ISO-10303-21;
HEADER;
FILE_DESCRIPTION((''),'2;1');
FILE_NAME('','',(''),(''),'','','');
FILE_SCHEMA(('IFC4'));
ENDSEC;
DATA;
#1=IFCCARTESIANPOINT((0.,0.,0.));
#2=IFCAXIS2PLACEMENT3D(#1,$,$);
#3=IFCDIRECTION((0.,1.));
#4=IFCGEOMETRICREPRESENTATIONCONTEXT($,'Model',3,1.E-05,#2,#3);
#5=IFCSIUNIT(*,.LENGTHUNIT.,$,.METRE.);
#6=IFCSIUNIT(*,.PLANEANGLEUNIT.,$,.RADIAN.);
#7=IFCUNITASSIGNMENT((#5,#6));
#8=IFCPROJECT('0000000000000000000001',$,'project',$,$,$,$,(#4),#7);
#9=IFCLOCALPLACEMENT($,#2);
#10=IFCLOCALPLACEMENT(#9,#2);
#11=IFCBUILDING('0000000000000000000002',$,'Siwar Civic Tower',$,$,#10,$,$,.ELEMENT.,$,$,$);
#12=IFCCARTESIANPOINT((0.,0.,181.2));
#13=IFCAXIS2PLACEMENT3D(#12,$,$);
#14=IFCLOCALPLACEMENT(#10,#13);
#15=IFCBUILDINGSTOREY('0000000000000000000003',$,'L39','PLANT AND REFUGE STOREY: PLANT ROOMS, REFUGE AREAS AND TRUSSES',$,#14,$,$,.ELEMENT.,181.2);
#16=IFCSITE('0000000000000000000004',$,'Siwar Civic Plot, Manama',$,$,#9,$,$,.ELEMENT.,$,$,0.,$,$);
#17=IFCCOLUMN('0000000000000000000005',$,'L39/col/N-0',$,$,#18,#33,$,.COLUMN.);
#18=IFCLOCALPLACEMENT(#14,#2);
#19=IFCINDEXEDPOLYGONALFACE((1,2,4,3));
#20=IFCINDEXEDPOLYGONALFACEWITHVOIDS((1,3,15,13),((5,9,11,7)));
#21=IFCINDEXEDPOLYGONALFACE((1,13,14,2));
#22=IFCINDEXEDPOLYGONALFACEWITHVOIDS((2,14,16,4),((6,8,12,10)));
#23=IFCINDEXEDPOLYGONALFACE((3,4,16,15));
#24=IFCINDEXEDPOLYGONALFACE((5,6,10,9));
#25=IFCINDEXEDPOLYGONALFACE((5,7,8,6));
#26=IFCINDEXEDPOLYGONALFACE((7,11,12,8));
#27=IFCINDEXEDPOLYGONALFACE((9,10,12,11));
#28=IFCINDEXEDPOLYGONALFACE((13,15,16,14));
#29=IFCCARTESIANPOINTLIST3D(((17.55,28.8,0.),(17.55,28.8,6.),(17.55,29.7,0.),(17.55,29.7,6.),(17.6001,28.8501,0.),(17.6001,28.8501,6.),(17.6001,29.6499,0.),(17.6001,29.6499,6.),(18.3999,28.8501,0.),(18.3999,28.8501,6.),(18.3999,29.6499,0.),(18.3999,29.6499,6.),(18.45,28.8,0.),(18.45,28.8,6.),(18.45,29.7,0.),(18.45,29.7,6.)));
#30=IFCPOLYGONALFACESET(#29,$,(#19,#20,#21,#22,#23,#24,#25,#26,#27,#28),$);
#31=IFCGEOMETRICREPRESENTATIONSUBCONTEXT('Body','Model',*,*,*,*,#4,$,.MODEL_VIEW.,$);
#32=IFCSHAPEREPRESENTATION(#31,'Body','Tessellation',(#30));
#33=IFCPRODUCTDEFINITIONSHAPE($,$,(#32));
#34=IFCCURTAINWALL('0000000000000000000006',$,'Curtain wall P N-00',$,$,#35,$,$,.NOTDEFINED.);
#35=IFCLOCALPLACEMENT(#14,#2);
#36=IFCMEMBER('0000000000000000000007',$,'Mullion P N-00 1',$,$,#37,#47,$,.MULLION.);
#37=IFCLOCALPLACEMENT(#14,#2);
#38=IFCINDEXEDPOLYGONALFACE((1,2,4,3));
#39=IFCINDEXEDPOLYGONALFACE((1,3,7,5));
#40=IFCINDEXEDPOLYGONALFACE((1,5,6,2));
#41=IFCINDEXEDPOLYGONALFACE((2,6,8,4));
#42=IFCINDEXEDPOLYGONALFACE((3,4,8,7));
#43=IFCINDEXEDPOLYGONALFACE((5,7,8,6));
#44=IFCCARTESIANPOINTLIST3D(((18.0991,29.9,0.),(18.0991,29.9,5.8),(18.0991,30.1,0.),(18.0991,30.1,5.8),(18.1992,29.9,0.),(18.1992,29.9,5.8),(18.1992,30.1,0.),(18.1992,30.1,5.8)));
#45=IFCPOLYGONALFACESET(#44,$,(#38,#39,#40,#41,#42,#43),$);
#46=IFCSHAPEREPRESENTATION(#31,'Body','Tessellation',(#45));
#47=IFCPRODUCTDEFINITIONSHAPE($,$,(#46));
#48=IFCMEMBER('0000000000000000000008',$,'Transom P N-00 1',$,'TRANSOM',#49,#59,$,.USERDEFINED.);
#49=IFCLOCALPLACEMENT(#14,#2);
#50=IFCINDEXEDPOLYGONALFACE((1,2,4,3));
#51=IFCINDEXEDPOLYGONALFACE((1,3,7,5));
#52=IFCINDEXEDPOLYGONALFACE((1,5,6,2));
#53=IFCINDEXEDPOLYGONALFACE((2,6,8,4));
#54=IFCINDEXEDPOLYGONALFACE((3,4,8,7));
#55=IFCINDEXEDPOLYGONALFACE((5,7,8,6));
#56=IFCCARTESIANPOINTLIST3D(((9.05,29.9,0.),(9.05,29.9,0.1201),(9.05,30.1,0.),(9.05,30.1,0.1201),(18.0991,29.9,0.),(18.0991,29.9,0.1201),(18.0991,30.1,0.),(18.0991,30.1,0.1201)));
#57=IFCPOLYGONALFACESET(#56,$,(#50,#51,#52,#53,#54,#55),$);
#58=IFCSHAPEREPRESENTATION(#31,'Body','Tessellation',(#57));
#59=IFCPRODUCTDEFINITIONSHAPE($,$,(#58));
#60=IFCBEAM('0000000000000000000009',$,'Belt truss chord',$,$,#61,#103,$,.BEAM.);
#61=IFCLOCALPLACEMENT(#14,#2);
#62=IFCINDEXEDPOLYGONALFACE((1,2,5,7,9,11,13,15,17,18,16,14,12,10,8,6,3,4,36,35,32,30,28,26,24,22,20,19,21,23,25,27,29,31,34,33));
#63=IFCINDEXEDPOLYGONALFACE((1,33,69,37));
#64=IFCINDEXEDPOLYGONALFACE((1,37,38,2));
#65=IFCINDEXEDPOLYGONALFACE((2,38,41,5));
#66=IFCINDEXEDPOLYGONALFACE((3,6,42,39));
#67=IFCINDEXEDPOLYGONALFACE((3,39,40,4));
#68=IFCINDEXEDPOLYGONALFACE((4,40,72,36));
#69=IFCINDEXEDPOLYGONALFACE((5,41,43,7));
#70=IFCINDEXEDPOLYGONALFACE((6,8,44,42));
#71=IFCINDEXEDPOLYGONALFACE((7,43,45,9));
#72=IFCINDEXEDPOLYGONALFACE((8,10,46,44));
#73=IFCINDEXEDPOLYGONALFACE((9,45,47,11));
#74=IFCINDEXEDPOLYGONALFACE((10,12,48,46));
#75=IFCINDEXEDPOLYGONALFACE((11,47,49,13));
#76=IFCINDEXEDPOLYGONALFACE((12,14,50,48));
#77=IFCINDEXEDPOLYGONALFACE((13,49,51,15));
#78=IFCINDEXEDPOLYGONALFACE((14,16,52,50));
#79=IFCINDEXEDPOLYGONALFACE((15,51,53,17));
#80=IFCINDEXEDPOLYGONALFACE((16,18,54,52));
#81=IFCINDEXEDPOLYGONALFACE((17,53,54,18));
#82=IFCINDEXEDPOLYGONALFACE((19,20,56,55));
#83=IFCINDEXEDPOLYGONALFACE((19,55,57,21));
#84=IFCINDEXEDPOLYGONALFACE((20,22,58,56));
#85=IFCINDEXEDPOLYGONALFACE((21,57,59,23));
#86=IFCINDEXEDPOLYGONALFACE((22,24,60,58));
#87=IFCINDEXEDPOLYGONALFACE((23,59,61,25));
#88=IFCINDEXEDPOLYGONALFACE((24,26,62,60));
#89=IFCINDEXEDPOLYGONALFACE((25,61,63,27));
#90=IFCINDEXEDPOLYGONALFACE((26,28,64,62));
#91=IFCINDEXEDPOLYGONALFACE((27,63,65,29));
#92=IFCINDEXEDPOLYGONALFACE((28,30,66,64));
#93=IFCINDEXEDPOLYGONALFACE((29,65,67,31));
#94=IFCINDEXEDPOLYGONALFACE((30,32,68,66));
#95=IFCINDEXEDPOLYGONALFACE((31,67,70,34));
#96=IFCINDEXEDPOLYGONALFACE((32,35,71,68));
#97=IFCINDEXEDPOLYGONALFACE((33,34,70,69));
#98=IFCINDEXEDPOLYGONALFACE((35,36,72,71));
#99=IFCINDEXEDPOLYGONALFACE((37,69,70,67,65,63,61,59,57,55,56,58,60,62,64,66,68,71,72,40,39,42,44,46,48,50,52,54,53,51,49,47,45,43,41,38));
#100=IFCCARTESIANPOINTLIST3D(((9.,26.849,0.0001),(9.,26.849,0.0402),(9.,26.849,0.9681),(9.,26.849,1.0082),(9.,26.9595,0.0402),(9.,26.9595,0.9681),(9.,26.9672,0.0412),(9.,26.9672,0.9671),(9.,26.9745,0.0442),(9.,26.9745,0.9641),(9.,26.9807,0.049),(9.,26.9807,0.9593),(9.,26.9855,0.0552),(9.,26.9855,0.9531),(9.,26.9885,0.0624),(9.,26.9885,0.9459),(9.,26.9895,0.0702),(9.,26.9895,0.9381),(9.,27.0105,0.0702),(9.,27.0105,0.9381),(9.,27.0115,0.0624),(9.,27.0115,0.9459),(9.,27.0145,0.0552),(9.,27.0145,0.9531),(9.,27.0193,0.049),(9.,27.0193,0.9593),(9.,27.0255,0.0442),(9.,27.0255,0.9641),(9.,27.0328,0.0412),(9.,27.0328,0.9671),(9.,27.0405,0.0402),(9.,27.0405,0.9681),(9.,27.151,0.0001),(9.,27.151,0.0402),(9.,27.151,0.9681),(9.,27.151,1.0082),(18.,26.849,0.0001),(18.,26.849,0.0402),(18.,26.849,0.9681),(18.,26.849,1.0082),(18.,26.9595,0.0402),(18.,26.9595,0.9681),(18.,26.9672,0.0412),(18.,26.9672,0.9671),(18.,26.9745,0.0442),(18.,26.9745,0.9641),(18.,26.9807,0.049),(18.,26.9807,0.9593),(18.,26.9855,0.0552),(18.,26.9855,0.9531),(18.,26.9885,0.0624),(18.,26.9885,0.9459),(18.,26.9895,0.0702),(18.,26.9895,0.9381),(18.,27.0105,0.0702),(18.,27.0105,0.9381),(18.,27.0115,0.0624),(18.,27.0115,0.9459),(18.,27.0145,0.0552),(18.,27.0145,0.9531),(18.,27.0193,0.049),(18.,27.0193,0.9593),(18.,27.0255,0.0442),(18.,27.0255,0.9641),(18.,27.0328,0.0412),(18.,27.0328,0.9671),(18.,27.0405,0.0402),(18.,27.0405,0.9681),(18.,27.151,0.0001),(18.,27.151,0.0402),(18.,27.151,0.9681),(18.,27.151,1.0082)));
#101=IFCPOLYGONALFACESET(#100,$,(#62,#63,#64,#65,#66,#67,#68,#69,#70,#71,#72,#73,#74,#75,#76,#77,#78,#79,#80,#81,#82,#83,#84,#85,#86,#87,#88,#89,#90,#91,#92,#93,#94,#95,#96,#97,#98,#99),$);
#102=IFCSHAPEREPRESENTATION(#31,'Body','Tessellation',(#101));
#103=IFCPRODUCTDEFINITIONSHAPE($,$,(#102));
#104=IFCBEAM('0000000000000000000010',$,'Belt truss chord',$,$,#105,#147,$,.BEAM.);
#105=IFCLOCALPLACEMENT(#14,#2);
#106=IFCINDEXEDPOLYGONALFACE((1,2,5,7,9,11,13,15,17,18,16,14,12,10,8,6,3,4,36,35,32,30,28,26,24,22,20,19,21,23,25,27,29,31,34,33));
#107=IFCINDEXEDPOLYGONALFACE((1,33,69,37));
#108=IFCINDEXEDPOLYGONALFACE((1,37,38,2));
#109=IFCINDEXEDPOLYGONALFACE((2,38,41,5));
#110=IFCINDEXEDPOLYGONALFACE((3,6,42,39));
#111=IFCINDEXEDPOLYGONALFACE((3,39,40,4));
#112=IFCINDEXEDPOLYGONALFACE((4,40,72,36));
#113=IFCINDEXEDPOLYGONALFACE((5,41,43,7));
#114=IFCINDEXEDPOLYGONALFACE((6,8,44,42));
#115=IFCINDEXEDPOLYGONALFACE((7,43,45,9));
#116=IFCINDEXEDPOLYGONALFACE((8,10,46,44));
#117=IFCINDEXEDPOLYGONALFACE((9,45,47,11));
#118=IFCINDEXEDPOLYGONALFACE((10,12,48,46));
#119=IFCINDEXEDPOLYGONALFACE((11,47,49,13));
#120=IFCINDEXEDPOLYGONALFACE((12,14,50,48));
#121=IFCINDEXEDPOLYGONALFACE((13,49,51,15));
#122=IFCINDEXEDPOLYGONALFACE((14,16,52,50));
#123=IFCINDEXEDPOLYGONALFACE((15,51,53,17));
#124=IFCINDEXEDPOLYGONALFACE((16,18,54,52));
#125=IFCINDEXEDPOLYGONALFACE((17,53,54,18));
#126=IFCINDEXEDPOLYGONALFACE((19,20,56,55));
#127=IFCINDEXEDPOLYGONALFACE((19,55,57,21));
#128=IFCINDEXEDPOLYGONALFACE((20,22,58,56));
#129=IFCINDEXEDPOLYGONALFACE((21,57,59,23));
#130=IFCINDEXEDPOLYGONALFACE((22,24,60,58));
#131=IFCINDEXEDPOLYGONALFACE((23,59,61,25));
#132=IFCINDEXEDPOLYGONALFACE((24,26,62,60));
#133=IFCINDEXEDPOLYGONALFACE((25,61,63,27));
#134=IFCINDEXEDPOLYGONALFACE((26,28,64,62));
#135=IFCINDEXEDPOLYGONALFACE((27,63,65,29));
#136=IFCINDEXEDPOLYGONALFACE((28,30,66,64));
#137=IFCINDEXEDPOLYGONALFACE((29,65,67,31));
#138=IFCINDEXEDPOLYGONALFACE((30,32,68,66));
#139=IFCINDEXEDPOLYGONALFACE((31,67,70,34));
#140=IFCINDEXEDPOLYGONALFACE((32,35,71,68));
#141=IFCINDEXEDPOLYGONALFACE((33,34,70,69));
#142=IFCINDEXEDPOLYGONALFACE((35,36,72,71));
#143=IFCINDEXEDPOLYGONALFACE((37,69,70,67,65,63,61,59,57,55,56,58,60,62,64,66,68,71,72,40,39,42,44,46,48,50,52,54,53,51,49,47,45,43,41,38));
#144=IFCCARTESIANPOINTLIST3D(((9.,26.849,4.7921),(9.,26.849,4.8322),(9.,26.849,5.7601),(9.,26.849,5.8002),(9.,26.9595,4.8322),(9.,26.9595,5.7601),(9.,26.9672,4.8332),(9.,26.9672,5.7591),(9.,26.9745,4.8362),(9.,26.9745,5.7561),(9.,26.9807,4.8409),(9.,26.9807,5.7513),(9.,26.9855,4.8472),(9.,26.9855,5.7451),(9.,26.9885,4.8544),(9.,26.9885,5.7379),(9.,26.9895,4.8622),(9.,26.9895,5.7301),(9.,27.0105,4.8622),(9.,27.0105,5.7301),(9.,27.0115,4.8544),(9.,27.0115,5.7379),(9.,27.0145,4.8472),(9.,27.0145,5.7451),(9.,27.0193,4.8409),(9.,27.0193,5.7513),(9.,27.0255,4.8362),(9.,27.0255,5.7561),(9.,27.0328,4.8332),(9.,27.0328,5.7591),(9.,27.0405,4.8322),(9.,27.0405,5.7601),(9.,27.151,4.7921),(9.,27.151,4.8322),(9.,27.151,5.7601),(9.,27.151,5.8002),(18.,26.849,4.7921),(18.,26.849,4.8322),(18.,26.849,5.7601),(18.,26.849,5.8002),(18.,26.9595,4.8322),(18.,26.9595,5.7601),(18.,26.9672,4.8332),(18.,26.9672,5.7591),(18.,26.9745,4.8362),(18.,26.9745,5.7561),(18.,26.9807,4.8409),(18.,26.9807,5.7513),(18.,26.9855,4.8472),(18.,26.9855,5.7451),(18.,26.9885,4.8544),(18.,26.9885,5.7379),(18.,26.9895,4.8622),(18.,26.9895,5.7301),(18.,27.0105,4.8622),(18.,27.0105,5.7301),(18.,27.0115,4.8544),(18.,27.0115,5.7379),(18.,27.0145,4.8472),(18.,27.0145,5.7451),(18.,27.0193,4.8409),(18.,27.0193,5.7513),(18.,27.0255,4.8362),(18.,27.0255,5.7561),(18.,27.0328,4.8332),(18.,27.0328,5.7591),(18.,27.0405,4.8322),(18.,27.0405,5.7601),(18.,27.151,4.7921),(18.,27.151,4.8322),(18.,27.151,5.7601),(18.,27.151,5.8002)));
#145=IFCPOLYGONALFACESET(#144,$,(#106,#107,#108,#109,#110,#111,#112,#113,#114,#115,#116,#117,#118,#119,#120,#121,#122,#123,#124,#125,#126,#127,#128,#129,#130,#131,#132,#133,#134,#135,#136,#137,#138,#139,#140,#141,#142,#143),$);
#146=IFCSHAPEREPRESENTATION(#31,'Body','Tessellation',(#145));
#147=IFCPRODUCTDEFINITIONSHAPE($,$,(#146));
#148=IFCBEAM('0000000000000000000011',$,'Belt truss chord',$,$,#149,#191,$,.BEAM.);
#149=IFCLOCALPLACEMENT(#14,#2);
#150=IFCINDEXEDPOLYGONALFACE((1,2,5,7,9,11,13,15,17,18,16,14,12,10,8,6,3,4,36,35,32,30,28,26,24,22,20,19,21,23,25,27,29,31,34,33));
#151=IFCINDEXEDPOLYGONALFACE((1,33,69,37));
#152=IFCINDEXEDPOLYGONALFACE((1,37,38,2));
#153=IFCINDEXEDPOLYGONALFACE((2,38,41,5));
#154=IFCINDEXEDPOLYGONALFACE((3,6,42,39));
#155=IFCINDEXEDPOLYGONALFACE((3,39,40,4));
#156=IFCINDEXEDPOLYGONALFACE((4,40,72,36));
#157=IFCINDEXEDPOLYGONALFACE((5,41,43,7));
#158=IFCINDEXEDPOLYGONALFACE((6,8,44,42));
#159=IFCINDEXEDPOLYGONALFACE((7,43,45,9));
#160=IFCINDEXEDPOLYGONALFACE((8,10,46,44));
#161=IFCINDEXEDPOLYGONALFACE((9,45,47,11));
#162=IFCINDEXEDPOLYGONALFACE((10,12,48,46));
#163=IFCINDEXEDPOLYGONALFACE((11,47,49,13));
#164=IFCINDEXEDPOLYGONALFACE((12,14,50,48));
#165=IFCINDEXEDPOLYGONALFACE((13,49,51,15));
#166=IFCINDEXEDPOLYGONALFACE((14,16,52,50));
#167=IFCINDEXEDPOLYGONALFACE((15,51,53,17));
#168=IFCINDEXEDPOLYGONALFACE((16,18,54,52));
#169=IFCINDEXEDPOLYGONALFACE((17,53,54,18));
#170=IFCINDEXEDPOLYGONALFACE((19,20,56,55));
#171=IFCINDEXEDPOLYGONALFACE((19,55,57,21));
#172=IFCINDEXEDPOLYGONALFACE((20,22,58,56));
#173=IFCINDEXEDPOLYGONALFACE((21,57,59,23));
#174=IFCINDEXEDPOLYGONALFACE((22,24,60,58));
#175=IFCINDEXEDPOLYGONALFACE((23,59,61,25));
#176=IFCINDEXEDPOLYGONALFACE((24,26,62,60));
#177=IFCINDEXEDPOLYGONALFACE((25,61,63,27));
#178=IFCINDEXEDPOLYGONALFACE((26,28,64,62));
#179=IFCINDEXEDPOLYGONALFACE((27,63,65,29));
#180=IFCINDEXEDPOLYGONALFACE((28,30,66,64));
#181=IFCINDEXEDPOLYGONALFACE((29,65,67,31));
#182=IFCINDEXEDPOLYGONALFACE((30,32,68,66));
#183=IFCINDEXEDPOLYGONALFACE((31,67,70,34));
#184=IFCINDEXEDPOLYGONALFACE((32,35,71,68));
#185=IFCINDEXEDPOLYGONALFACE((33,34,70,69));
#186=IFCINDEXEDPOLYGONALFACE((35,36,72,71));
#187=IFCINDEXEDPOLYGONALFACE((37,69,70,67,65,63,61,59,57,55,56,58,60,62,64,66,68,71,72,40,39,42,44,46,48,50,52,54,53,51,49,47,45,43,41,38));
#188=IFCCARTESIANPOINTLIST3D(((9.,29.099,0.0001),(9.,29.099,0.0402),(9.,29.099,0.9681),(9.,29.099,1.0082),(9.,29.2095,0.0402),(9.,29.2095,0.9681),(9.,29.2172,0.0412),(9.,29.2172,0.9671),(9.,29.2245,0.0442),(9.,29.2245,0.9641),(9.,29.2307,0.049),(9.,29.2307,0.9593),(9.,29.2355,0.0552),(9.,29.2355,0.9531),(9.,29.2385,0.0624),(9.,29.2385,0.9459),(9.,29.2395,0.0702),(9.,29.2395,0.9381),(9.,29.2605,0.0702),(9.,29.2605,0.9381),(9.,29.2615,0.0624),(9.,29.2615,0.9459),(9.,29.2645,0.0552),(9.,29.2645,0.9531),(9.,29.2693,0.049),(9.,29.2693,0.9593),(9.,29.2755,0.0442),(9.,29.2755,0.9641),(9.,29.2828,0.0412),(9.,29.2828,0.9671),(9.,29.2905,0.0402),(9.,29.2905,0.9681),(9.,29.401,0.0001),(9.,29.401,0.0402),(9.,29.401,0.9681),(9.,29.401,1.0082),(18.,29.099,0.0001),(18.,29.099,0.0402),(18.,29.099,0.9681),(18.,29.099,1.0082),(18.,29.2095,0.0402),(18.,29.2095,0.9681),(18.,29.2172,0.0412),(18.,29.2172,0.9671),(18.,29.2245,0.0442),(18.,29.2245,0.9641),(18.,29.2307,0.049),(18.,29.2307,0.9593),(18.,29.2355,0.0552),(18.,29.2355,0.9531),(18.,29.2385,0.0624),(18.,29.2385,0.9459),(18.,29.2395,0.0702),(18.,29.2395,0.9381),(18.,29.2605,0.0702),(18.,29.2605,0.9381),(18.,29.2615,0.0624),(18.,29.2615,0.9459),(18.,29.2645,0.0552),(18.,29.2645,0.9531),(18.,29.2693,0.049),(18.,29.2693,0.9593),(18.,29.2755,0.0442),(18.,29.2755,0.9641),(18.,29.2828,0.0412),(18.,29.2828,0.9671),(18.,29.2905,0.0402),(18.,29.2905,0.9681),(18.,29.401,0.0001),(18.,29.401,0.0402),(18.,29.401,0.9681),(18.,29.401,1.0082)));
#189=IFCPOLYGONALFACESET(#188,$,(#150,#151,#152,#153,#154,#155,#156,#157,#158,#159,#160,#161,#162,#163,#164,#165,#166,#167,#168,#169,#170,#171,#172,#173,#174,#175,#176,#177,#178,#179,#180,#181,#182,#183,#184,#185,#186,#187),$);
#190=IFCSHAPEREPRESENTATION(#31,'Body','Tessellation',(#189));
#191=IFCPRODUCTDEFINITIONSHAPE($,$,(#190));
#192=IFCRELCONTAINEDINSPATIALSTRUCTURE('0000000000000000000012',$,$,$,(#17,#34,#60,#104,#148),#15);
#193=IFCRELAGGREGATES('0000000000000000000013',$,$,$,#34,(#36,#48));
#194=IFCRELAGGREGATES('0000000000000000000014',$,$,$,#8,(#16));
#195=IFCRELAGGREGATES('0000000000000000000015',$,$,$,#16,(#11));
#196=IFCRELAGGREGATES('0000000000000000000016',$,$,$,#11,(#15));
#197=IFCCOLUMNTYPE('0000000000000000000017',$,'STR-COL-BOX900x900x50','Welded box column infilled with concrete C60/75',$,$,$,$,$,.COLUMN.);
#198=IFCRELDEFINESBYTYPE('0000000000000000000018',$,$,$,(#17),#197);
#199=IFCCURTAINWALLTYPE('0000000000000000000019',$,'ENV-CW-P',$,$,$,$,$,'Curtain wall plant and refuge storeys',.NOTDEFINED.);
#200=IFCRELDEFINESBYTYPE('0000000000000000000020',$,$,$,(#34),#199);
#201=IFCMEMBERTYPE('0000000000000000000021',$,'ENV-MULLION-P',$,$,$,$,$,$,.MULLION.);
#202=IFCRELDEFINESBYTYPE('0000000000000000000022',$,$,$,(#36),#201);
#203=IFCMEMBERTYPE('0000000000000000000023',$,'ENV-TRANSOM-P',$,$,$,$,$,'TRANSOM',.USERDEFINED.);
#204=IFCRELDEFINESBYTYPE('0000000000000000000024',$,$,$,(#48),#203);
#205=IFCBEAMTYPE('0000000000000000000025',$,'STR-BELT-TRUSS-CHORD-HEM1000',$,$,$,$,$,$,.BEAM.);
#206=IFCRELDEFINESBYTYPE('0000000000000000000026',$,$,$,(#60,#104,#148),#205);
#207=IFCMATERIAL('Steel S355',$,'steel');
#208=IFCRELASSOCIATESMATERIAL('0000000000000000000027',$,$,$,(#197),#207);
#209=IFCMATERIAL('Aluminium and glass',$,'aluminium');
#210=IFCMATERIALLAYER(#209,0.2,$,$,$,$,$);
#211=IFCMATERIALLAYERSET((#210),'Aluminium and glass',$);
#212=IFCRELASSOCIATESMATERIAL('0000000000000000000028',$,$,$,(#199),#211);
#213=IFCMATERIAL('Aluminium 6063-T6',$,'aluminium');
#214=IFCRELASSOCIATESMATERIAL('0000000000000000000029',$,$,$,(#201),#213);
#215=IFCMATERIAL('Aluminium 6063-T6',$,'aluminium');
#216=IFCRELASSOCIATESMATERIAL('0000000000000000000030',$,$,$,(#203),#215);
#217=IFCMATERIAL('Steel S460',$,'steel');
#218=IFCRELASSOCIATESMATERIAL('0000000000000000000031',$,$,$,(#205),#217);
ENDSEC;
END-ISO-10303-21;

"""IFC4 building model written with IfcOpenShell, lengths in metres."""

from ifc_helpers import new_model, si_unit, direction, frame, origin, origin_2d, place, context, subcontext, project, spatial, rectangle, hollow_rectangle, i_section, extrude, material, layer, layer_set, material_profile, profile_set, type_object, element, aggregate, save


model = new_model("IFC4")

# Units and contexts
model_context = context("Model", 3, precision=1e-05, world=origin(), true_north=direction((0.0, 1.0)))
body_context = subcontext(model_context, "Body", "Model", "MODEL_VIEW")
ifc_project = project(units=[si_unit("LENGTHUNIT", "METRE"), si_unit("PLANEANGLEUNIT", "RADIAN")], contexts=[model_context])

# Site, building, storey
site_placement = place(None, origin())
site = spatial("IfcSite", under=ifc_project, at=site_placement, Name="Siwar Civic Plot, Manama", CompositionType="ELEMENT", RefElevation=0.0)
building_placement = place(site_placement, origin())
building = spatial("IfcBuilding", under=site, at=building_placement, Name="Siwar Civic Tower", CompositionType="ELEMENT")
storey_placement = place(building_placement, frame((0.0, 0.0, 181.2)))
storey = spatial("IfcBuildingStorey", under=building, at=storey_placement, Name="L39", Description="PLANT AND REFUGE STOREY: PLANT ROOMS, REFUGE AREAS AND TRUSSES", CompositionType="ELEMENT", Elevation=181.2)

# Column
ifc_material_1 = material(Name="Steel S355", Category="steel")
ifc_material_profile_1 = material_profile(ifc_material_1, hollow_rectangle(XDim=0.8999, YDim=0.8999, WallThickness=0.05, at=origin_2d()), Name="BOX900x900x50")
ifc_profile_set_1 = profile_set([ifc_material_profile_1], Name="Steel S355")
column_type = type_object("IfcColumnType", Name="STR-COL-BOX900x900x50", Description="Welded box column infilled with concrete C60/75", PredefinedType="COLUMN", material=ifc_profile_set_1)
column_placement = place(storey_placement, frame((18.0, 29.25, 0.0), z_axis=(0.0, 0.0, 1.0), x_axis=(1.0, 0.0, 0.0)))
element("IfcColumn", 1, at=column_placement, inside=storey, type_object=column_type, Name="L39/col/N-0", PredefinedType="COLUMN", context=body_context, shape_type="SweptSolid", body=[
    extrude(hollow_rectangle(XDim=0.8999, YDim=0.8999, WallThickness=0.05, at=origin_2d()), origin(), (0.0, 0.0, 1.0), 6.0),
])

# Curtain wall, members
ifc_material_2 = material(Name="Aluminium and glass", Category="aluminium")
ifc_layer_1 = layer(ifc_material_2, 0.2)
ifc_layer_set_1 = layer_set([ifc_layer_1], Name="Aluminium and glass")
curtain_wall_type = type_object("IfcCurtainWallType", Name="ENV-CW-P", ElementType="Curtain wall plant and refuge storeys", PredefinedType="NOTDEFINED", material=ifc_layer_set_1)
curtain_wall_placement = place(storey_placement, origin())
curtain_wall = element("IfcCurtainWall", 2, at=curtain_wall_placement, inside=storey, type_object=curtain_wall_type, Name="Curtain wall P N-00", PredefinedType="NOTDEFINED")
ifc_material_3 = material(Name="Aluminium 6063-T6", Category="aluminium")
ifc_material_profile_2 = material_profile(ifc_material_3, rectangle(XDim=0.2, YDim=0.1001, at=origin_2d()), Name="AL 200x100")
ifc_profile_set_2 = profile_set([ifc_material_profile_2], Name="Aluminium 6063-T6")
member_type_1 = type_object("IfcMemberType", Name="ENV-MULLION-P", PredefinedType="MULLION", material=ifc_profile_set_2)
member_1_placement = place(storey_placement, frame((18.1492, 30.0, 0.0), z_axis=(0.0, 0.0, 1.0), x_axis=(0.0, -1.0, 0.0)))
member_1 = element("IfcMember", 3, at=member_1_placement, type_object=member_type_1, Name="Mullion P N-00 1", PredefinedType="MULLION", context=body_context, shape_type="SweptSolid", body=[
    extrude(rectangle(XDim=0.2, YDim=0.1001, at=origin_2d()), origin(), (0.0, 0.0, 1.0), 5.8),
])
ifc_material_4 = material(Name="Aluminium 6063-T6", Category="aluminium")
ifc_material_profile_3 = material_profile(ifc_material_4, rectangle(XDim=0.2, YDim=0.1201, at=origin_2d()), Name="AL 200x120")
ifc_profile_set_3 = profile_set([ifc_material_profile_3], Name="Aluminium 6063-T6")
member_type_2 = type_object("IfcMemberType", Name="ENV-TRANSOM-P", ElementType="TRANSOM", PredefinedType="USERDEFINED", material=ifc_profile_set_3)
member_2_placement = place(storey_placement, frame((18.0991, 30.0, 0.0601), z_axis=(-1.0, 0.0, 0.0), x_axis=(0.0, -1.0, 0.0)))
member_2 = element("IfcMember", 4, at=member_2_placement, type_object=member_type_2, Name="Transom P N-00 1", ObjectType="TRANSOM", PredefinedType="USERDEFINED", context=body_context, shape_type="SweptSolid", body=[
    extrude(rectangle(XDim=0.2, YDim=0.1201, at=origin_2d()), origin(), (0.0, 0.0, 1.0), 9.0491),
])
aggregate(curtain_wall, [member_1, member_2])

# Beams
ifc_material_5 = material(Name="Steel S460", Category="steel")
ifc_material_profile_4 = material_profile(ifc_material_5, i_section(OverallWidth=0.302, OverallDepth=1.0081, WebThickness=0.021, FlangeThickness=0.04, FilletRadius=0.03, at=origin_2d()), Name="HEM1000")
ifc_profile_set_4 = profile_set([ifc_material_profile_4], Name="Steel S460")
beam_type_1 = type_object("IfcBeamType", Name="STR-BELT-TRUSS-CHORD-HEM1000", PredefinedType="BEAM", material=ifc_profile_set_4)
for number, where, z_axis, x_axis, name in (
    (5, (18.0, 27.0, 0.5042), (-1.0, 0.0, 0.0), (0.0, -1.0, 0.0), "Belt truss chord"),
    (6, (18.0, 27.0, 5.2961), (-1.0, 0.0, 0.0), (0.0, -1.0, 0.0), "Belt truss chord"),
    (7, (18.0, 29.25, 0.5042), (-1.0, 0.0, 0.0), (0.0, -1.0, 0.0), "Belt truss chord"),
):
    element("IfcBeam", number, at=place(storey_placement, frame(where, z_axis=z_axis, x_axis=x_axis)), inside=storey, type_object=beam_type_1, Name=name, PredefinedType="BEAM", context=body_context, shape_type="SweptSolid", body=[
        extrude(i_section(OverallWidth=0.302, OverallDepth=1.0081, WebThickness=0.021, FlangeThickness=0.04, FilletRadius=0.03, at=origin_2d()), origin(), (0.0, 0.0, 1.0), 9.0),
    ])

save(model, "model.ifc")
